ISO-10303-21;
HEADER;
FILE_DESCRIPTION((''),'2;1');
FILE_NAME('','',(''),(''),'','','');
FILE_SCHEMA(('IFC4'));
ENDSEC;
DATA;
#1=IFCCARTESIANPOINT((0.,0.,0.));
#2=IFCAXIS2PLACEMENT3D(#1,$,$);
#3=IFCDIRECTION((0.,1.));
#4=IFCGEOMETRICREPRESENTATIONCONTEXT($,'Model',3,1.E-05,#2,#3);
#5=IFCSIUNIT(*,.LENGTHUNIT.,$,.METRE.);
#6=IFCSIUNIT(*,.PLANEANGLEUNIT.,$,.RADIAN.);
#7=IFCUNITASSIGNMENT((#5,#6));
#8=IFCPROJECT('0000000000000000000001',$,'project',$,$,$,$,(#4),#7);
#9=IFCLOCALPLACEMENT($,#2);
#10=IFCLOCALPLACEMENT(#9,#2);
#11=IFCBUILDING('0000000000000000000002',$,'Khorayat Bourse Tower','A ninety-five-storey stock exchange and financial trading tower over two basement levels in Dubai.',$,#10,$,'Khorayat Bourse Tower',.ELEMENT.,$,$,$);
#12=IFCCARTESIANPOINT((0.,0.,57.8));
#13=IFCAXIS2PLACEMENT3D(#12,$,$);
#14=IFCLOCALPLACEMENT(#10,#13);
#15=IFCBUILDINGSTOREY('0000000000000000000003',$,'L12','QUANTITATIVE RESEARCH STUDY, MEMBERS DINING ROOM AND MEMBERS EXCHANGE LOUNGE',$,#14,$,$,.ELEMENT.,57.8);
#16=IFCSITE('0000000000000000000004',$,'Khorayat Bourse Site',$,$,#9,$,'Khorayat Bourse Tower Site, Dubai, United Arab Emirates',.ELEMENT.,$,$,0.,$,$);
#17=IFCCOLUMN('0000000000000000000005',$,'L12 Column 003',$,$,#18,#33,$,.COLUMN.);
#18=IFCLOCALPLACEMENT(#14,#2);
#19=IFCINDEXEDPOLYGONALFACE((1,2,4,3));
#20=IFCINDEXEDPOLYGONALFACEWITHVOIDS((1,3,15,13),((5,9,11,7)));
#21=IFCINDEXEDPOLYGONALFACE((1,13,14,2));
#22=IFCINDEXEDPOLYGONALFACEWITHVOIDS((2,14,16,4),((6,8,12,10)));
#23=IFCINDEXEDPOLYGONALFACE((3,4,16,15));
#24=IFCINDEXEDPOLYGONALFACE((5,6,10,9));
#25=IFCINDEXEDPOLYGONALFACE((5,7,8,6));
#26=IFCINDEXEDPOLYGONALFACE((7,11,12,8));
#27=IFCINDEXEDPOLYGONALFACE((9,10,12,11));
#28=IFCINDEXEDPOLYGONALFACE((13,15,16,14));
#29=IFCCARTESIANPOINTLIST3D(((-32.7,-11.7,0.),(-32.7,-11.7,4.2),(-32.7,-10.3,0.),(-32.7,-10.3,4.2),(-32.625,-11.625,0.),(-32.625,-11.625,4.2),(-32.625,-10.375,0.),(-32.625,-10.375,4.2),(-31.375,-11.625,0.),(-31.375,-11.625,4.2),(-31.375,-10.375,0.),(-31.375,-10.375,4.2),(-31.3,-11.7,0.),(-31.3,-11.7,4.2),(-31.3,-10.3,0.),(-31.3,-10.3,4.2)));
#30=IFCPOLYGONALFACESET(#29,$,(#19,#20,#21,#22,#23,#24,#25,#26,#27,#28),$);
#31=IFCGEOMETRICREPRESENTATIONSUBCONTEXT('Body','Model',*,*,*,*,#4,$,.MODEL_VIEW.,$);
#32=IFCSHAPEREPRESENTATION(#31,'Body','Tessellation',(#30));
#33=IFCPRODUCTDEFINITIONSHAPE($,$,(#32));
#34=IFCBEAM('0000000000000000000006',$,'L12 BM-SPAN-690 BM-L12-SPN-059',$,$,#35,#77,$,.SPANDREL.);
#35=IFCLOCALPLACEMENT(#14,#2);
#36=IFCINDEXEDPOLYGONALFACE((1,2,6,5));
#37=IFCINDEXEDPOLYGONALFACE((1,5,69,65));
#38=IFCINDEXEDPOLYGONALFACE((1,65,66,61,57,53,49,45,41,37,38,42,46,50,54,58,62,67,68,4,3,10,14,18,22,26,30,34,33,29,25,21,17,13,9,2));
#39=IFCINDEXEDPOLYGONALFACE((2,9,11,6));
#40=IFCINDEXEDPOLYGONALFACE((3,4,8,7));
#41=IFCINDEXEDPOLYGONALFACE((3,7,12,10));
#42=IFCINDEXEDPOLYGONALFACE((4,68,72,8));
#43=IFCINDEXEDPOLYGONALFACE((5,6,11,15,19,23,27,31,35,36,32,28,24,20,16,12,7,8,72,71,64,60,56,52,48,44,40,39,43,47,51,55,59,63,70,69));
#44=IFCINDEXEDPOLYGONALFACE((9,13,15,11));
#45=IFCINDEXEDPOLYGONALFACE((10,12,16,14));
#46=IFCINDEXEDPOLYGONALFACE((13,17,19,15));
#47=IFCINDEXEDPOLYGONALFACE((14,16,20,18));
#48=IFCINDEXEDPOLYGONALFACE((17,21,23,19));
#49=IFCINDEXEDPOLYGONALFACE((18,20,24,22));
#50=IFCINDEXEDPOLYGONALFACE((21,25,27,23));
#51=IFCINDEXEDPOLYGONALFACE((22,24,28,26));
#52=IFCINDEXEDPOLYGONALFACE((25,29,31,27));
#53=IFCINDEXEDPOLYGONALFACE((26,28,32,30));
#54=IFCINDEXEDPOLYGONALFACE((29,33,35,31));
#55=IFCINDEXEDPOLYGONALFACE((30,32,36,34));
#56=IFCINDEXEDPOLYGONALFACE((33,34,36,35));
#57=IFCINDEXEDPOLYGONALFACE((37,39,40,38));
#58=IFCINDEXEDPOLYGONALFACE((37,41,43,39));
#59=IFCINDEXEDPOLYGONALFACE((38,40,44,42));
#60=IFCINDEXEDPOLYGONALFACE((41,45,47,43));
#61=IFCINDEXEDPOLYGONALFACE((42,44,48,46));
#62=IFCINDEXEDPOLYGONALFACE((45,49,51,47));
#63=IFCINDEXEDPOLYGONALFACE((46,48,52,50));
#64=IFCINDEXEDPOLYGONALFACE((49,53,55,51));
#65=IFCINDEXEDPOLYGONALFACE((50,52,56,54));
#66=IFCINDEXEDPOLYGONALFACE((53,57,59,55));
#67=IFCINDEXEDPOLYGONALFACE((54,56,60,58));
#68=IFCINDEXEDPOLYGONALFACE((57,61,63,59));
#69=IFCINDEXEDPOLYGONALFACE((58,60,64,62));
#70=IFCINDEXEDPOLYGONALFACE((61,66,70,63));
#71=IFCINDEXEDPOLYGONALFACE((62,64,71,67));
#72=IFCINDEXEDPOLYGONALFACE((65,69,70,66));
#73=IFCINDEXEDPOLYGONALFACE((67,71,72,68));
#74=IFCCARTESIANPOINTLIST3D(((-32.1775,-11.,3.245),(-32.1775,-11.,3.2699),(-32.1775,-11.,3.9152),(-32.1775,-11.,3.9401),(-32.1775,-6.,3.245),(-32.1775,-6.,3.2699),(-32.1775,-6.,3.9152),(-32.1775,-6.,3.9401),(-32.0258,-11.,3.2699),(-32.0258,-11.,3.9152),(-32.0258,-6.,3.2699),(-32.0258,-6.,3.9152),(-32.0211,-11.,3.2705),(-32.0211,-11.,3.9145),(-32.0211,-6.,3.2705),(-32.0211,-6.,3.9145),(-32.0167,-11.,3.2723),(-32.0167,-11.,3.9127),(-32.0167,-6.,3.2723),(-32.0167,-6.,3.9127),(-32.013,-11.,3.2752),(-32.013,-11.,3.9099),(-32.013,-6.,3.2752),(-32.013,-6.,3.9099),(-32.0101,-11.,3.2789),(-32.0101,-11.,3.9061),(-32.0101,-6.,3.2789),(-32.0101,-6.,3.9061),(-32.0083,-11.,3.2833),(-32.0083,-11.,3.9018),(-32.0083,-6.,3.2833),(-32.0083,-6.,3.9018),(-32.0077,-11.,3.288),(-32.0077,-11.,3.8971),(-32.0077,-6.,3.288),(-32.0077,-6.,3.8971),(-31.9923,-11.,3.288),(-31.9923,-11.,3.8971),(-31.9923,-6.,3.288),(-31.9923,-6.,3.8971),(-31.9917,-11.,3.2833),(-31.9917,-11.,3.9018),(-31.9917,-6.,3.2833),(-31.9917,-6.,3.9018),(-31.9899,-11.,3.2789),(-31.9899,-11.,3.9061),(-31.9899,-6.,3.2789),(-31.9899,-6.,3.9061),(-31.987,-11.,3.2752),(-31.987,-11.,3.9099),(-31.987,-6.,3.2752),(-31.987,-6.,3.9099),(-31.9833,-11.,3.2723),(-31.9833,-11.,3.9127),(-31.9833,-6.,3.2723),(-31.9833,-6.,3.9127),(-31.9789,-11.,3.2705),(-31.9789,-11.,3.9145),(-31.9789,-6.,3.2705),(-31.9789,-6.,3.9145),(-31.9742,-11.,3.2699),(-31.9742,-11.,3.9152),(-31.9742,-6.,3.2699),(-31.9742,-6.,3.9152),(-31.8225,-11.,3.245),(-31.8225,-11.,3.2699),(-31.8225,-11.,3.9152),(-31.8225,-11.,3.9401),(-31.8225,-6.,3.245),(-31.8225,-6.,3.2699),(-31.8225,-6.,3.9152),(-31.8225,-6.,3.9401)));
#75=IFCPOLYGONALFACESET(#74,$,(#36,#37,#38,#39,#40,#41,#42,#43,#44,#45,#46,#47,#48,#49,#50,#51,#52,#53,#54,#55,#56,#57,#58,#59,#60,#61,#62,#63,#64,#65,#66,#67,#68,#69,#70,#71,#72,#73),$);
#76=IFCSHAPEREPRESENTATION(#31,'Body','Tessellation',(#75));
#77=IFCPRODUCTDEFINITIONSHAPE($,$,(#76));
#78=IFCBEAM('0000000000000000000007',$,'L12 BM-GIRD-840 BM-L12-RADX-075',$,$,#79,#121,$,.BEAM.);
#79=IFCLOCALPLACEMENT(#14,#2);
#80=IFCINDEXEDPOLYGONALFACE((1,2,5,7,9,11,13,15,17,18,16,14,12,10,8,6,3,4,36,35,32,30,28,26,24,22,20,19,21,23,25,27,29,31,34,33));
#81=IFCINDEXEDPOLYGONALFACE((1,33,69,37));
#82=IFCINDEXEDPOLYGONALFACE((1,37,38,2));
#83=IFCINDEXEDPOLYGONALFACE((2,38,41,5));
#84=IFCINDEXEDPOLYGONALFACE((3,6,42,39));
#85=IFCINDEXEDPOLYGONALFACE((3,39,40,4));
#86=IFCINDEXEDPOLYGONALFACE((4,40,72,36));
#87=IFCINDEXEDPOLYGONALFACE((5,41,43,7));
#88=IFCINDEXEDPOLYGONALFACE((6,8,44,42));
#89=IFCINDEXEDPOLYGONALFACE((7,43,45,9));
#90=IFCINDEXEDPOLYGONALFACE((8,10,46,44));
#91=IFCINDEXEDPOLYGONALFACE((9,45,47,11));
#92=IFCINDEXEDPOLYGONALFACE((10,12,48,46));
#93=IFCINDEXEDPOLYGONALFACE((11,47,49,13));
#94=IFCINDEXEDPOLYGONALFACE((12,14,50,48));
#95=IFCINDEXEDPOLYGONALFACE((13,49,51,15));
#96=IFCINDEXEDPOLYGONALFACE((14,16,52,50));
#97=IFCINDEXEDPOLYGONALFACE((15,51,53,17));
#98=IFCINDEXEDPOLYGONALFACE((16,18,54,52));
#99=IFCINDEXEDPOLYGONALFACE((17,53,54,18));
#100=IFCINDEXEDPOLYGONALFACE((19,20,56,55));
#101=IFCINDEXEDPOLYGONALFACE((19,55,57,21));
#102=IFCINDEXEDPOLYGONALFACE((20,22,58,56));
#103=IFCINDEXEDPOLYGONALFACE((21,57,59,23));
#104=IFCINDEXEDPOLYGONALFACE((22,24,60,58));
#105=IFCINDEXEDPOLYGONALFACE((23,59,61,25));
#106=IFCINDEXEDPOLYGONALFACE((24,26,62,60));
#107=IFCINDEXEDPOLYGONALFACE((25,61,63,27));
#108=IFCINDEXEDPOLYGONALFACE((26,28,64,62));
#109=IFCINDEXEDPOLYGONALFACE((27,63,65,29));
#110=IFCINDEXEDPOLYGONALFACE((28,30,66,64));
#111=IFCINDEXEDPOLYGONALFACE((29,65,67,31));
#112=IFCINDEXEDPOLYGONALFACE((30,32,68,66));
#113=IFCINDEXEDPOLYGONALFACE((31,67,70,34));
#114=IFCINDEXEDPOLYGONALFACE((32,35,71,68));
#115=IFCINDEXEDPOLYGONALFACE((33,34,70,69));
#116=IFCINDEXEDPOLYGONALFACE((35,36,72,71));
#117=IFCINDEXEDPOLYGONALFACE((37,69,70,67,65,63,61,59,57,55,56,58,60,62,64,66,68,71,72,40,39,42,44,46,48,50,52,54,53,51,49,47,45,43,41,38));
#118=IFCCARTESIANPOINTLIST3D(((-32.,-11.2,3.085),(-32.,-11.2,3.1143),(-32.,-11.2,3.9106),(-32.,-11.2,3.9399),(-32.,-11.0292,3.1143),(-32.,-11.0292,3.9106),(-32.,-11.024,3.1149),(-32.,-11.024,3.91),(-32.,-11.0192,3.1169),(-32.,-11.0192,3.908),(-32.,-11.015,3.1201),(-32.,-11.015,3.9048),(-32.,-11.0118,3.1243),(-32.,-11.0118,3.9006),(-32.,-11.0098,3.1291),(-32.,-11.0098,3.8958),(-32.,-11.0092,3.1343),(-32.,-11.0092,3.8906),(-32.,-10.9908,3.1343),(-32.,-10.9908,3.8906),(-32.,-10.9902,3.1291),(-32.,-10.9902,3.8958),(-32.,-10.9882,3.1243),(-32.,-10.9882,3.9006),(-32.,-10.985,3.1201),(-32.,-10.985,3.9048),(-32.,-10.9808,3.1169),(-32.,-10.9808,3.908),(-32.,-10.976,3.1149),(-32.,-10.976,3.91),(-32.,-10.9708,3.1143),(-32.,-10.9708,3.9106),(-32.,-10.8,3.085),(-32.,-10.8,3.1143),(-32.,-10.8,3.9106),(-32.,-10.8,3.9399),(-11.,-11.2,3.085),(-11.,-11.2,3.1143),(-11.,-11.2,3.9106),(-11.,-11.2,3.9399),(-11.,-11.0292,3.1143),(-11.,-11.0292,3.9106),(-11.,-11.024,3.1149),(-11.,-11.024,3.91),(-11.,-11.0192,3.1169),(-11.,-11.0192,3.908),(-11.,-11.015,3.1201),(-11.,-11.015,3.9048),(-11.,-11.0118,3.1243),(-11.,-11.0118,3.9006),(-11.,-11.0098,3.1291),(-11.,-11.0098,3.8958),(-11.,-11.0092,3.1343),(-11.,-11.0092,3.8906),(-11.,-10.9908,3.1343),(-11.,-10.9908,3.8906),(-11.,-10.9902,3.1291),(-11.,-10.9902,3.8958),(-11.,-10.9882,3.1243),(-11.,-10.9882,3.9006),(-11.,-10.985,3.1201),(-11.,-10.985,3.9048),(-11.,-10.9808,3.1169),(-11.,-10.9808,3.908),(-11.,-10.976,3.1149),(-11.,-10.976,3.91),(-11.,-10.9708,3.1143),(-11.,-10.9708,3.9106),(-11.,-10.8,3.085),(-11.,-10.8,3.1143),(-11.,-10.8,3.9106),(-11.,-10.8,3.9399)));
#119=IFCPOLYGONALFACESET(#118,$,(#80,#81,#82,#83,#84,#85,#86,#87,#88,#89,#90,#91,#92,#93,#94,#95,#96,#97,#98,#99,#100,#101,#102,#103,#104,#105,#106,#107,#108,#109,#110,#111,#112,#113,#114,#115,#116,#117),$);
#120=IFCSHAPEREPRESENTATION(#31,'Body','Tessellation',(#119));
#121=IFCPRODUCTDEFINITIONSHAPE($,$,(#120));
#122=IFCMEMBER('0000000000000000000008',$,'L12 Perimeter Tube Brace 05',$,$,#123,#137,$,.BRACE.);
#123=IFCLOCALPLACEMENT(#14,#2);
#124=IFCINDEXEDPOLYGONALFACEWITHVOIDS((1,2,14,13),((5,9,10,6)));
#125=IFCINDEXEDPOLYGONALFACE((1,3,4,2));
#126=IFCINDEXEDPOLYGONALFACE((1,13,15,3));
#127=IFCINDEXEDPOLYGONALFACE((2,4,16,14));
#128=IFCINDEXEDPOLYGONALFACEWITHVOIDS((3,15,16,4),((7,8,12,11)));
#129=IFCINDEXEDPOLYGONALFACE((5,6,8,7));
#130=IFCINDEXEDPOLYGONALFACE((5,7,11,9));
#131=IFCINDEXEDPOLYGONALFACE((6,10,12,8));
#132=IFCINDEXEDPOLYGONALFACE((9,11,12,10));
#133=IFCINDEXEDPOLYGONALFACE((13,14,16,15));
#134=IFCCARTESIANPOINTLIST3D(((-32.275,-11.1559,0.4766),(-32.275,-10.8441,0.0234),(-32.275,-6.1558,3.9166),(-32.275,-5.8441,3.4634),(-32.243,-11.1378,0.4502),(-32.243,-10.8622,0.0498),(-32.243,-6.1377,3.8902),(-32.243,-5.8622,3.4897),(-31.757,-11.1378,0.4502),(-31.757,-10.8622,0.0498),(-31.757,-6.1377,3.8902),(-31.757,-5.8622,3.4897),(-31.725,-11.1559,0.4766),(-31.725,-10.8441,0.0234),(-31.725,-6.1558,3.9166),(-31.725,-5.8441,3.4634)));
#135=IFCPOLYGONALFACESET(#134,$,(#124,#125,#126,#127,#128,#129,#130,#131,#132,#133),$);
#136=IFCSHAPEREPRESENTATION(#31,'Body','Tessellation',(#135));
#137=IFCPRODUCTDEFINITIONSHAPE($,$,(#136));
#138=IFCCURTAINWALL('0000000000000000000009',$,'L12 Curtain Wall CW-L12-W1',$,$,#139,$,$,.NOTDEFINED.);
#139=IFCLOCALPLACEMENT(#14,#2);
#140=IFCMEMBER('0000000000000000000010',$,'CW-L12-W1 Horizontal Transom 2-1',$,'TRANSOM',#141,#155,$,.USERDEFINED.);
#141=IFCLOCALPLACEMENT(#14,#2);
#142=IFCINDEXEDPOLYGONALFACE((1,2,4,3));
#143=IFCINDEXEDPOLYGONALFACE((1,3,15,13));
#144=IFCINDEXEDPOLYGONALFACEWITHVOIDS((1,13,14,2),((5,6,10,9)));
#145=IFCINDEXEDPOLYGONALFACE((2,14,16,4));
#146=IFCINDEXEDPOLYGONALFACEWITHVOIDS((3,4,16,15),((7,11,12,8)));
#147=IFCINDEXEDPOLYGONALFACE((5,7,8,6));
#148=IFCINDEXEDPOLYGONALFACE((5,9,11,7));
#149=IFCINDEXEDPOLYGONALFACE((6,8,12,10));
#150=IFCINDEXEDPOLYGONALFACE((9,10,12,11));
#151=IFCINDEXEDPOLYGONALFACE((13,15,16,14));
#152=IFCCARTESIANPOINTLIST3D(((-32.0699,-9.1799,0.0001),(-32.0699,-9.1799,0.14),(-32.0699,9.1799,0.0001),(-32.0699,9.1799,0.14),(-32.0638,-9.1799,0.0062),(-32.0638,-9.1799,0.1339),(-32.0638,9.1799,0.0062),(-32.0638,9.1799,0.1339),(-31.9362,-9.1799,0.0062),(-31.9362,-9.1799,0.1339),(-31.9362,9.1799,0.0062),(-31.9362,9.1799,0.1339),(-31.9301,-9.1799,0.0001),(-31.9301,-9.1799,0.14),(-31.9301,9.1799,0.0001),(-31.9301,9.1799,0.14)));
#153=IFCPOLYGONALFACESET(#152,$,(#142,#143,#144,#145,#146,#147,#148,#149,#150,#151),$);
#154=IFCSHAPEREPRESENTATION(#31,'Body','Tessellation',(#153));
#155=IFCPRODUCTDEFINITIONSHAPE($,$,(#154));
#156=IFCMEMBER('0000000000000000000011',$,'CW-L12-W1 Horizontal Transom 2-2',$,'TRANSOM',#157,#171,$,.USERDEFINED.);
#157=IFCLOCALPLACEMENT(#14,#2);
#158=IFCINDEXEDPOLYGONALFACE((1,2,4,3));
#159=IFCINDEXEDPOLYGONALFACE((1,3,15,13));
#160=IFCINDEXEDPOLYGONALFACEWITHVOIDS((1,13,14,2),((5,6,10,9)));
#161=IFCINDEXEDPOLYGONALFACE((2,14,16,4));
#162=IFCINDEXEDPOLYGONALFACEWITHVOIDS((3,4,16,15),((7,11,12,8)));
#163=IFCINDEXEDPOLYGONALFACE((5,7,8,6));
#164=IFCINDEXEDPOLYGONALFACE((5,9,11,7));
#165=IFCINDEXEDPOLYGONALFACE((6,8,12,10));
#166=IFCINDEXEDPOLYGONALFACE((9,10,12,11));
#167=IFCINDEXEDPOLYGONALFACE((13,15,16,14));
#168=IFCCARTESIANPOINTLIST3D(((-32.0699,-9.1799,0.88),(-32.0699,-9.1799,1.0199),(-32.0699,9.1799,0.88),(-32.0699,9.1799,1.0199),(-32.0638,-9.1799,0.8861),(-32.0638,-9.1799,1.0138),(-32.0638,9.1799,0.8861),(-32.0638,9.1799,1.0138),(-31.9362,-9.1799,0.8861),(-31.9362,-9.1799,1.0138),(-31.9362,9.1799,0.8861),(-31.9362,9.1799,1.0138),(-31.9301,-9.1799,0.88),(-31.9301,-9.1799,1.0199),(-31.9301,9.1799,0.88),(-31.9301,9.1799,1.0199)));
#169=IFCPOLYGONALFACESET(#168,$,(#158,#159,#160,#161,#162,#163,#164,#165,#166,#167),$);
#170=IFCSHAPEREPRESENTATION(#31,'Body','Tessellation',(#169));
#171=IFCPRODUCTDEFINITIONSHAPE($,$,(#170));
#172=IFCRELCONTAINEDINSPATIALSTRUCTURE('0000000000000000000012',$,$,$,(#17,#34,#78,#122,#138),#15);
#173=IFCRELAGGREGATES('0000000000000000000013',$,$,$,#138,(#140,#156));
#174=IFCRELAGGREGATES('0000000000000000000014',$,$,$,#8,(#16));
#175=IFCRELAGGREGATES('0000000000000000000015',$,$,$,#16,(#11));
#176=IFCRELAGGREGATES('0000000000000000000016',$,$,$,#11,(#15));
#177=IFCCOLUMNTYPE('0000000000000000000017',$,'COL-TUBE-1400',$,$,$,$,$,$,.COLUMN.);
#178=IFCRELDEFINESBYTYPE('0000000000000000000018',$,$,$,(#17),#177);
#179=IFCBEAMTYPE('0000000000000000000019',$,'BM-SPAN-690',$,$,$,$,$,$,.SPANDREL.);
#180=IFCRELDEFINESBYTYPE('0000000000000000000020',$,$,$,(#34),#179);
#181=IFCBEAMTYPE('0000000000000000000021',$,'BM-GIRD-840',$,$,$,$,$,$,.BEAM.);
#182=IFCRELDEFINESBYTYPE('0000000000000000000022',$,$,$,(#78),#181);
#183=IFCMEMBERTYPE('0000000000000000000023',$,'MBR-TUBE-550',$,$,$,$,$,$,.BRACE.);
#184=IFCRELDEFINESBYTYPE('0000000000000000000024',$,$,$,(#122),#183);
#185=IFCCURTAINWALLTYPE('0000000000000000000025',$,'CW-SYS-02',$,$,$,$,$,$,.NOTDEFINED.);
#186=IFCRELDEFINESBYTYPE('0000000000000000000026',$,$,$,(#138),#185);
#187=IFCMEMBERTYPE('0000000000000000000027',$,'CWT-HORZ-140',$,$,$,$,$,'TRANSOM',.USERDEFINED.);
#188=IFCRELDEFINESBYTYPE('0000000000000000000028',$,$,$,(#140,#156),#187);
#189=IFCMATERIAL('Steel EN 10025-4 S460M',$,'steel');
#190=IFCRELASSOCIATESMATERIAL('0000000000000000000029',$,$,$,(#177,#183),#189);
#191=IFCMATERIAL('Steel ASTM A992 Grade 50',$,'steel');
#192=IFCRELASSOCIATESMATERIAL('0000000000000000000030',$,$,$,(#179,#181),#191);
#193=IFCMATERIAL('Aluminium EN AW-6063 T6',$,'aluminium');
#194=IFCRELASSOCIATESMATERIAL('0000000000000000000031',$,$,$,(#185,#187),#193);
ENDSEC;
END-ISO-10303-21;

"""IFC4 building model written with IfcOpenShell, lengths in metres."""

from ifc_helpers import new_model, si_unit, direction, frame, origin, origin_2d, place, context, subcontext, project, spatial, hollow_rectangle, i_section, extrude, source, transform, mapped, material, material_profile, profile_set, type_object, element, aggregate, save


model = new_model("IFC4")

# Units and contexts
model_context = context("Model", 3, precision=1e-05, world=origin(), true_north=direction((0.0, 1.0)))
body_context = subcontext(model_context, "Body", "Model", "MODEL_VIEW")
ifc_project = project(units=[si_unit("LENGTHUNIT", "METRE"), si_unit("PLANEANGLEUNIT", "RADIAN")], contexts=[model_context])

# Site, building, storey
site_placement = place(None, origin())
site = spatial("IfcSite", under=ifc_project, at=site_placement, Name="Khorayat Bourse Site", LongName="Khorayat Bourse Tower Site, Dubai, United Arab Emirates", CompositionType="ELEMENT", RefElevation=0.0)
building_placement = place(site_placement, origin())
building = spatial("IfcBuilding", under=site, at=building_placement, Name="Khorayat Bourse Tower", Description="A ninety-five-storey stock exchange and financial trading tower over two basement levels in Dubai.", LongName="Khorayat Bourse Tower", CompositionType="ELEMENT")
storey_placement = place(building_placement, frame((0.0, 0.0, 57.8)))
storey = spatial("IfcBuildingStorey", under=building, at=storey_placement, Name="L12", Description="QUANTITATIVE RESEARCH STUDY, MEMBERS DINING ROOM AND MEMBERS EXCHANGE LOUNGE", CompositionType="ELEMENT", Elevation=57.8)

# Column
ifc_material_1 = material(Name="Steel EN 10025-4 S460M", Category="steel")
ifc_material_profile_1 = material_profile(ifc_material_1, hollow_rectangle(XDim=1.3999, YDim=1.3999, WallThickness=0.075, at=origin_2d()), Name="BOX 1400x1400x75")
ifc_profile_set_1 = profile_set([ifc_material_profile_1], Name="Steel EN 10025-4 S460M")
column_type = type_object("IfcColumnType", Name="COL-TUBE-1400", PredefinedType="COLUMN", material=ifc_profile_set_1)
shared_shape_1 = source(origin(), body_context, "Body", "SweptSolid", [
    extrude(hollow_rectangle(XDim=1.3999, YDim=1.3999, WallThickness=0.075, at=origin_2d()), origin(), (0.0, 0.0, 1.0), 4.2),
])
column_placement = place(storey_placement, frame((-32.0, -11.0, 0.0), z_axis=(0.0, 0.0, 1.0), x_axis=(1.0, 0.0, 0.0)))
element("IfcColumn", 1, at=column_placement, inside=storey, type_object=column_type, Name="L12 Column 003", PredefinedType="COLUMN", context=body_context, shape_type="MappedRepresentation", body=[
    mapped(shared_shape_1, transform((0.0, 0.0, 0.0), scale=1.0)),
])

# Beams
ifc_material_2 = material(Name="Steel ASTM A992 Grade 50", Category="steel")
ifc_material_profile_2 = material_profile(ifc_material_2, i_section(OverallWidth=0.355, OverallDepth=0.6951, WebThickness=0.0154, FlangeThickness=0.0249, FilletRadius=0.0181, at=origin_2d()), Name="W690X217")
ifc_profile_set_2 = profile_set([ifc_material_profile_2], Name="Steel ASTM A992 Grade 50")
beam_type_1 = type_object("IfcBeamType", Name="BM-SPAN-690", PredefinedType="SPANDREL", material=ifc_profile_set_2)
shared_shape_2 = source(origin(), body_context, "Body", "SweptSolid", [
    extrude(i_section(OverallWidth=0.355, OverallDepth=0.6951, WebThickness=0.0154, FlangeThickness=0.0249, FilletRadius=0.0181, at=origin_2d()), origin(), (0.0, 0.0, 1.0), 5.0),
])
beam_1_placement = place(storey_placement, frame((-32.0, -11.0, 3.5925), z_axis=(0.0, 1.0, 0.0), x_axis=(-1.0, 0.0, 0.0)))
element("IfcBeam", 2, at=beam_1_placement, inside=storey, type_object=beam_type_1, Name="L12 BM-SPAN-690 BM-L12-SPN-059", PredefinedType="SPANDREL", context=body_context, shape_type="MappedRepresentation", body=[
    mapped(shared_shape_2, transform((0.0, 0.0, 0.0), scale=1.0)),
])
ifc_material_profile_3 = material_profile(ifc_material_2, i_section(OverallWidth=0.3999, OverallDepth=0.855, WebThickness=0.0183, FlangeThickness=0.0293, FilletRadius=0.02, at=origin_2d()), Name="W840X299")
ifc_profile_set_3 = profile_set([ifc_material_profile_3], Name="Steel ASTM A992 Grade 50")
beam_type_2 = type_object("IfcBeamType", Name="BM-GIRD-840", PredefinedType="BEAM", material=ifc_profile_set_3)
shared_shape_3 = source(origin(), body_context, "Body", "SweptSolid", [
    extrude(i_section(OverallWidth=0.3999, OverallDepth=0.855, WebThickness=0.0183, FlangeThickness=0.0293, FilletRadius=0.02, at=origin_2d()), origin(), (0.0, 0.0, 1.0), 21.0),
])
beam_2_placement = place(storey_placement, frame((-32.0, -11.0, 3.5125), z_axis=(1.0, 0.0, 0.0), x_axis=(0.0, 1.0, 0.0)))
element("IfcBeam", 3, at=beam_2_placement, inside=storey, type_object=beam_type_2, Name="L12 BM-GIRD-840 BM-L12-RADX-075", PredefinedType="BEAM", context=body_context, shape_type="MappedRepresentation", body=[
    mapped(shared_shape_3, transform((0.0, 0.0, 0.0), scale=1.0)),
])

# Member
ifc_material_profile_4 = material_profile(ifc_material_1, hollow_rectangle(XDim=0.55, YDim=0.55, WallThickness=0.032, at=origin_2d()), Name="HSS 550x550x32")
ifc_profile_set_4 = profile_set([ifc_material_profile_4], Name="Steel EN 10025-4 S460M")
member_type_1 = type_object("IfcMemberType", Name="MBR-TUBE-550", PredefinedType="BRACE", material=ifc_profile_set_4)
shared_shape_4 = source(origin(), body_context, "Body", "SweptSolid", [
    extrude(hollow_rectangle(XDim=0.55, YDim=0.55, WallThickness=0.032, at=origin_2d()), origin(), (0.0, 0.0, 1.0), 6.0691),
])
member_1_placement = place(storey_placement, frame((-32.0, -11.0, 0.25), z_axis=(0.0, 0.823854, 0.566802), x_axis=(-1.0, 0.0, 0.0)))
element("IfcMember", 4, at=member_1_placement, inside=storey, type_object=member_type_1, Name="L12 Perimeter Tube Brace 05", PredefinedType="BRACE", context=body_context, shape_type="MappedRepresentation", body=[
    mapped(shared_shape_4, transform((0.0, 0.0, 0.0), scale=1.0)),
])

# Curtain wall, members
ifc_material_3 = material(Name="Aluminium EN AW-6063 T6", Category="aluminium")
curtain_wall_type = type_object("IfcCurtainWallType", Name="CW-SYS-02", PredefinedType="NOTDEFINED", material=ifc_material_3)
curtain_wall_placement = place(storey_placement, origin())
curtain_wall = element("IfcCurtainWall", 5, at=curtain_wall_placement, inside=storey, type_object=curtain_wall_type, Name="L12 Curtain Wall CW-L12-W1", PredefinedType="NOTDEFINED")
ifc_material_profile_5 = material_profile(ifc_material_3, hollow_rectangle(XDim=0.1399, YDim=0.1399, WallThickness=0.0061, at=origin_2d()), Name="ALU 140x140x6")
ifc_profile_set_5 = profile_set([ifc_material_profile_5], Name="Aluminium EN AW-6063 T6")
member_type_2 = type_object("IfcMemberType", Name="CWT-HORZ-140", ElementType="TRANSOM", PredefinedType="USERDEFINED", material=ifc_profile_set_5)
shared_shape_5 = source(origin(), body_context, "Body", "SweptSolid", [
    extrude(hollow_rectangle(XDim=0.1399, YDim=0.1399, WallThickness=0.0061, at=origin_2d()), origin(), (0.0, 0.0, 1.0), 18.3599),
])
member_2_placement = place(storey_placement, frame((-32.0, -9.1799, 0.0701), z_axis=(0.0, 1.0, 0.0), x_axis=(-1.0, 0.0, 0.0)))
member_2 = element("IfcMember", 6, at=member_2_placement, type_object=member_type_2, Name="CW-L12-W1 Horizontal Transom 2-1", ObjectType="TRANSOM", PredefinedType="USERDEFINED", context=body_context, shape_type="MappedRepresentation", body=[
    mapped(shared_shape_5, transform((0.0, 0.0, 0.0), scale=1.0)),
])
member_3_placement = place(storey_placement, frame((-32.0, -9.1799, 0.95), z_axis=(0.0, 1.0, 0.0), x_axis=(-1.0, 0.0, 0.0)))
member_3 = element("IfcMember", 7, at=member_3_placement, type_object=member_type_2, Name="CW-L12-W1 Horizontal Transom 2-2", ObjectType="TRANSOM", PredefinedType="USERDEFINED", context=body_context, shape_type="MappedRepresentation", body=[
    mapped(shared_shape_5, transform((0.0, 0.0, 0.0), scale=1.0)),
])

aggregate(curtain_wall, [member_2, member_3])

save(model, "model.ifc")
